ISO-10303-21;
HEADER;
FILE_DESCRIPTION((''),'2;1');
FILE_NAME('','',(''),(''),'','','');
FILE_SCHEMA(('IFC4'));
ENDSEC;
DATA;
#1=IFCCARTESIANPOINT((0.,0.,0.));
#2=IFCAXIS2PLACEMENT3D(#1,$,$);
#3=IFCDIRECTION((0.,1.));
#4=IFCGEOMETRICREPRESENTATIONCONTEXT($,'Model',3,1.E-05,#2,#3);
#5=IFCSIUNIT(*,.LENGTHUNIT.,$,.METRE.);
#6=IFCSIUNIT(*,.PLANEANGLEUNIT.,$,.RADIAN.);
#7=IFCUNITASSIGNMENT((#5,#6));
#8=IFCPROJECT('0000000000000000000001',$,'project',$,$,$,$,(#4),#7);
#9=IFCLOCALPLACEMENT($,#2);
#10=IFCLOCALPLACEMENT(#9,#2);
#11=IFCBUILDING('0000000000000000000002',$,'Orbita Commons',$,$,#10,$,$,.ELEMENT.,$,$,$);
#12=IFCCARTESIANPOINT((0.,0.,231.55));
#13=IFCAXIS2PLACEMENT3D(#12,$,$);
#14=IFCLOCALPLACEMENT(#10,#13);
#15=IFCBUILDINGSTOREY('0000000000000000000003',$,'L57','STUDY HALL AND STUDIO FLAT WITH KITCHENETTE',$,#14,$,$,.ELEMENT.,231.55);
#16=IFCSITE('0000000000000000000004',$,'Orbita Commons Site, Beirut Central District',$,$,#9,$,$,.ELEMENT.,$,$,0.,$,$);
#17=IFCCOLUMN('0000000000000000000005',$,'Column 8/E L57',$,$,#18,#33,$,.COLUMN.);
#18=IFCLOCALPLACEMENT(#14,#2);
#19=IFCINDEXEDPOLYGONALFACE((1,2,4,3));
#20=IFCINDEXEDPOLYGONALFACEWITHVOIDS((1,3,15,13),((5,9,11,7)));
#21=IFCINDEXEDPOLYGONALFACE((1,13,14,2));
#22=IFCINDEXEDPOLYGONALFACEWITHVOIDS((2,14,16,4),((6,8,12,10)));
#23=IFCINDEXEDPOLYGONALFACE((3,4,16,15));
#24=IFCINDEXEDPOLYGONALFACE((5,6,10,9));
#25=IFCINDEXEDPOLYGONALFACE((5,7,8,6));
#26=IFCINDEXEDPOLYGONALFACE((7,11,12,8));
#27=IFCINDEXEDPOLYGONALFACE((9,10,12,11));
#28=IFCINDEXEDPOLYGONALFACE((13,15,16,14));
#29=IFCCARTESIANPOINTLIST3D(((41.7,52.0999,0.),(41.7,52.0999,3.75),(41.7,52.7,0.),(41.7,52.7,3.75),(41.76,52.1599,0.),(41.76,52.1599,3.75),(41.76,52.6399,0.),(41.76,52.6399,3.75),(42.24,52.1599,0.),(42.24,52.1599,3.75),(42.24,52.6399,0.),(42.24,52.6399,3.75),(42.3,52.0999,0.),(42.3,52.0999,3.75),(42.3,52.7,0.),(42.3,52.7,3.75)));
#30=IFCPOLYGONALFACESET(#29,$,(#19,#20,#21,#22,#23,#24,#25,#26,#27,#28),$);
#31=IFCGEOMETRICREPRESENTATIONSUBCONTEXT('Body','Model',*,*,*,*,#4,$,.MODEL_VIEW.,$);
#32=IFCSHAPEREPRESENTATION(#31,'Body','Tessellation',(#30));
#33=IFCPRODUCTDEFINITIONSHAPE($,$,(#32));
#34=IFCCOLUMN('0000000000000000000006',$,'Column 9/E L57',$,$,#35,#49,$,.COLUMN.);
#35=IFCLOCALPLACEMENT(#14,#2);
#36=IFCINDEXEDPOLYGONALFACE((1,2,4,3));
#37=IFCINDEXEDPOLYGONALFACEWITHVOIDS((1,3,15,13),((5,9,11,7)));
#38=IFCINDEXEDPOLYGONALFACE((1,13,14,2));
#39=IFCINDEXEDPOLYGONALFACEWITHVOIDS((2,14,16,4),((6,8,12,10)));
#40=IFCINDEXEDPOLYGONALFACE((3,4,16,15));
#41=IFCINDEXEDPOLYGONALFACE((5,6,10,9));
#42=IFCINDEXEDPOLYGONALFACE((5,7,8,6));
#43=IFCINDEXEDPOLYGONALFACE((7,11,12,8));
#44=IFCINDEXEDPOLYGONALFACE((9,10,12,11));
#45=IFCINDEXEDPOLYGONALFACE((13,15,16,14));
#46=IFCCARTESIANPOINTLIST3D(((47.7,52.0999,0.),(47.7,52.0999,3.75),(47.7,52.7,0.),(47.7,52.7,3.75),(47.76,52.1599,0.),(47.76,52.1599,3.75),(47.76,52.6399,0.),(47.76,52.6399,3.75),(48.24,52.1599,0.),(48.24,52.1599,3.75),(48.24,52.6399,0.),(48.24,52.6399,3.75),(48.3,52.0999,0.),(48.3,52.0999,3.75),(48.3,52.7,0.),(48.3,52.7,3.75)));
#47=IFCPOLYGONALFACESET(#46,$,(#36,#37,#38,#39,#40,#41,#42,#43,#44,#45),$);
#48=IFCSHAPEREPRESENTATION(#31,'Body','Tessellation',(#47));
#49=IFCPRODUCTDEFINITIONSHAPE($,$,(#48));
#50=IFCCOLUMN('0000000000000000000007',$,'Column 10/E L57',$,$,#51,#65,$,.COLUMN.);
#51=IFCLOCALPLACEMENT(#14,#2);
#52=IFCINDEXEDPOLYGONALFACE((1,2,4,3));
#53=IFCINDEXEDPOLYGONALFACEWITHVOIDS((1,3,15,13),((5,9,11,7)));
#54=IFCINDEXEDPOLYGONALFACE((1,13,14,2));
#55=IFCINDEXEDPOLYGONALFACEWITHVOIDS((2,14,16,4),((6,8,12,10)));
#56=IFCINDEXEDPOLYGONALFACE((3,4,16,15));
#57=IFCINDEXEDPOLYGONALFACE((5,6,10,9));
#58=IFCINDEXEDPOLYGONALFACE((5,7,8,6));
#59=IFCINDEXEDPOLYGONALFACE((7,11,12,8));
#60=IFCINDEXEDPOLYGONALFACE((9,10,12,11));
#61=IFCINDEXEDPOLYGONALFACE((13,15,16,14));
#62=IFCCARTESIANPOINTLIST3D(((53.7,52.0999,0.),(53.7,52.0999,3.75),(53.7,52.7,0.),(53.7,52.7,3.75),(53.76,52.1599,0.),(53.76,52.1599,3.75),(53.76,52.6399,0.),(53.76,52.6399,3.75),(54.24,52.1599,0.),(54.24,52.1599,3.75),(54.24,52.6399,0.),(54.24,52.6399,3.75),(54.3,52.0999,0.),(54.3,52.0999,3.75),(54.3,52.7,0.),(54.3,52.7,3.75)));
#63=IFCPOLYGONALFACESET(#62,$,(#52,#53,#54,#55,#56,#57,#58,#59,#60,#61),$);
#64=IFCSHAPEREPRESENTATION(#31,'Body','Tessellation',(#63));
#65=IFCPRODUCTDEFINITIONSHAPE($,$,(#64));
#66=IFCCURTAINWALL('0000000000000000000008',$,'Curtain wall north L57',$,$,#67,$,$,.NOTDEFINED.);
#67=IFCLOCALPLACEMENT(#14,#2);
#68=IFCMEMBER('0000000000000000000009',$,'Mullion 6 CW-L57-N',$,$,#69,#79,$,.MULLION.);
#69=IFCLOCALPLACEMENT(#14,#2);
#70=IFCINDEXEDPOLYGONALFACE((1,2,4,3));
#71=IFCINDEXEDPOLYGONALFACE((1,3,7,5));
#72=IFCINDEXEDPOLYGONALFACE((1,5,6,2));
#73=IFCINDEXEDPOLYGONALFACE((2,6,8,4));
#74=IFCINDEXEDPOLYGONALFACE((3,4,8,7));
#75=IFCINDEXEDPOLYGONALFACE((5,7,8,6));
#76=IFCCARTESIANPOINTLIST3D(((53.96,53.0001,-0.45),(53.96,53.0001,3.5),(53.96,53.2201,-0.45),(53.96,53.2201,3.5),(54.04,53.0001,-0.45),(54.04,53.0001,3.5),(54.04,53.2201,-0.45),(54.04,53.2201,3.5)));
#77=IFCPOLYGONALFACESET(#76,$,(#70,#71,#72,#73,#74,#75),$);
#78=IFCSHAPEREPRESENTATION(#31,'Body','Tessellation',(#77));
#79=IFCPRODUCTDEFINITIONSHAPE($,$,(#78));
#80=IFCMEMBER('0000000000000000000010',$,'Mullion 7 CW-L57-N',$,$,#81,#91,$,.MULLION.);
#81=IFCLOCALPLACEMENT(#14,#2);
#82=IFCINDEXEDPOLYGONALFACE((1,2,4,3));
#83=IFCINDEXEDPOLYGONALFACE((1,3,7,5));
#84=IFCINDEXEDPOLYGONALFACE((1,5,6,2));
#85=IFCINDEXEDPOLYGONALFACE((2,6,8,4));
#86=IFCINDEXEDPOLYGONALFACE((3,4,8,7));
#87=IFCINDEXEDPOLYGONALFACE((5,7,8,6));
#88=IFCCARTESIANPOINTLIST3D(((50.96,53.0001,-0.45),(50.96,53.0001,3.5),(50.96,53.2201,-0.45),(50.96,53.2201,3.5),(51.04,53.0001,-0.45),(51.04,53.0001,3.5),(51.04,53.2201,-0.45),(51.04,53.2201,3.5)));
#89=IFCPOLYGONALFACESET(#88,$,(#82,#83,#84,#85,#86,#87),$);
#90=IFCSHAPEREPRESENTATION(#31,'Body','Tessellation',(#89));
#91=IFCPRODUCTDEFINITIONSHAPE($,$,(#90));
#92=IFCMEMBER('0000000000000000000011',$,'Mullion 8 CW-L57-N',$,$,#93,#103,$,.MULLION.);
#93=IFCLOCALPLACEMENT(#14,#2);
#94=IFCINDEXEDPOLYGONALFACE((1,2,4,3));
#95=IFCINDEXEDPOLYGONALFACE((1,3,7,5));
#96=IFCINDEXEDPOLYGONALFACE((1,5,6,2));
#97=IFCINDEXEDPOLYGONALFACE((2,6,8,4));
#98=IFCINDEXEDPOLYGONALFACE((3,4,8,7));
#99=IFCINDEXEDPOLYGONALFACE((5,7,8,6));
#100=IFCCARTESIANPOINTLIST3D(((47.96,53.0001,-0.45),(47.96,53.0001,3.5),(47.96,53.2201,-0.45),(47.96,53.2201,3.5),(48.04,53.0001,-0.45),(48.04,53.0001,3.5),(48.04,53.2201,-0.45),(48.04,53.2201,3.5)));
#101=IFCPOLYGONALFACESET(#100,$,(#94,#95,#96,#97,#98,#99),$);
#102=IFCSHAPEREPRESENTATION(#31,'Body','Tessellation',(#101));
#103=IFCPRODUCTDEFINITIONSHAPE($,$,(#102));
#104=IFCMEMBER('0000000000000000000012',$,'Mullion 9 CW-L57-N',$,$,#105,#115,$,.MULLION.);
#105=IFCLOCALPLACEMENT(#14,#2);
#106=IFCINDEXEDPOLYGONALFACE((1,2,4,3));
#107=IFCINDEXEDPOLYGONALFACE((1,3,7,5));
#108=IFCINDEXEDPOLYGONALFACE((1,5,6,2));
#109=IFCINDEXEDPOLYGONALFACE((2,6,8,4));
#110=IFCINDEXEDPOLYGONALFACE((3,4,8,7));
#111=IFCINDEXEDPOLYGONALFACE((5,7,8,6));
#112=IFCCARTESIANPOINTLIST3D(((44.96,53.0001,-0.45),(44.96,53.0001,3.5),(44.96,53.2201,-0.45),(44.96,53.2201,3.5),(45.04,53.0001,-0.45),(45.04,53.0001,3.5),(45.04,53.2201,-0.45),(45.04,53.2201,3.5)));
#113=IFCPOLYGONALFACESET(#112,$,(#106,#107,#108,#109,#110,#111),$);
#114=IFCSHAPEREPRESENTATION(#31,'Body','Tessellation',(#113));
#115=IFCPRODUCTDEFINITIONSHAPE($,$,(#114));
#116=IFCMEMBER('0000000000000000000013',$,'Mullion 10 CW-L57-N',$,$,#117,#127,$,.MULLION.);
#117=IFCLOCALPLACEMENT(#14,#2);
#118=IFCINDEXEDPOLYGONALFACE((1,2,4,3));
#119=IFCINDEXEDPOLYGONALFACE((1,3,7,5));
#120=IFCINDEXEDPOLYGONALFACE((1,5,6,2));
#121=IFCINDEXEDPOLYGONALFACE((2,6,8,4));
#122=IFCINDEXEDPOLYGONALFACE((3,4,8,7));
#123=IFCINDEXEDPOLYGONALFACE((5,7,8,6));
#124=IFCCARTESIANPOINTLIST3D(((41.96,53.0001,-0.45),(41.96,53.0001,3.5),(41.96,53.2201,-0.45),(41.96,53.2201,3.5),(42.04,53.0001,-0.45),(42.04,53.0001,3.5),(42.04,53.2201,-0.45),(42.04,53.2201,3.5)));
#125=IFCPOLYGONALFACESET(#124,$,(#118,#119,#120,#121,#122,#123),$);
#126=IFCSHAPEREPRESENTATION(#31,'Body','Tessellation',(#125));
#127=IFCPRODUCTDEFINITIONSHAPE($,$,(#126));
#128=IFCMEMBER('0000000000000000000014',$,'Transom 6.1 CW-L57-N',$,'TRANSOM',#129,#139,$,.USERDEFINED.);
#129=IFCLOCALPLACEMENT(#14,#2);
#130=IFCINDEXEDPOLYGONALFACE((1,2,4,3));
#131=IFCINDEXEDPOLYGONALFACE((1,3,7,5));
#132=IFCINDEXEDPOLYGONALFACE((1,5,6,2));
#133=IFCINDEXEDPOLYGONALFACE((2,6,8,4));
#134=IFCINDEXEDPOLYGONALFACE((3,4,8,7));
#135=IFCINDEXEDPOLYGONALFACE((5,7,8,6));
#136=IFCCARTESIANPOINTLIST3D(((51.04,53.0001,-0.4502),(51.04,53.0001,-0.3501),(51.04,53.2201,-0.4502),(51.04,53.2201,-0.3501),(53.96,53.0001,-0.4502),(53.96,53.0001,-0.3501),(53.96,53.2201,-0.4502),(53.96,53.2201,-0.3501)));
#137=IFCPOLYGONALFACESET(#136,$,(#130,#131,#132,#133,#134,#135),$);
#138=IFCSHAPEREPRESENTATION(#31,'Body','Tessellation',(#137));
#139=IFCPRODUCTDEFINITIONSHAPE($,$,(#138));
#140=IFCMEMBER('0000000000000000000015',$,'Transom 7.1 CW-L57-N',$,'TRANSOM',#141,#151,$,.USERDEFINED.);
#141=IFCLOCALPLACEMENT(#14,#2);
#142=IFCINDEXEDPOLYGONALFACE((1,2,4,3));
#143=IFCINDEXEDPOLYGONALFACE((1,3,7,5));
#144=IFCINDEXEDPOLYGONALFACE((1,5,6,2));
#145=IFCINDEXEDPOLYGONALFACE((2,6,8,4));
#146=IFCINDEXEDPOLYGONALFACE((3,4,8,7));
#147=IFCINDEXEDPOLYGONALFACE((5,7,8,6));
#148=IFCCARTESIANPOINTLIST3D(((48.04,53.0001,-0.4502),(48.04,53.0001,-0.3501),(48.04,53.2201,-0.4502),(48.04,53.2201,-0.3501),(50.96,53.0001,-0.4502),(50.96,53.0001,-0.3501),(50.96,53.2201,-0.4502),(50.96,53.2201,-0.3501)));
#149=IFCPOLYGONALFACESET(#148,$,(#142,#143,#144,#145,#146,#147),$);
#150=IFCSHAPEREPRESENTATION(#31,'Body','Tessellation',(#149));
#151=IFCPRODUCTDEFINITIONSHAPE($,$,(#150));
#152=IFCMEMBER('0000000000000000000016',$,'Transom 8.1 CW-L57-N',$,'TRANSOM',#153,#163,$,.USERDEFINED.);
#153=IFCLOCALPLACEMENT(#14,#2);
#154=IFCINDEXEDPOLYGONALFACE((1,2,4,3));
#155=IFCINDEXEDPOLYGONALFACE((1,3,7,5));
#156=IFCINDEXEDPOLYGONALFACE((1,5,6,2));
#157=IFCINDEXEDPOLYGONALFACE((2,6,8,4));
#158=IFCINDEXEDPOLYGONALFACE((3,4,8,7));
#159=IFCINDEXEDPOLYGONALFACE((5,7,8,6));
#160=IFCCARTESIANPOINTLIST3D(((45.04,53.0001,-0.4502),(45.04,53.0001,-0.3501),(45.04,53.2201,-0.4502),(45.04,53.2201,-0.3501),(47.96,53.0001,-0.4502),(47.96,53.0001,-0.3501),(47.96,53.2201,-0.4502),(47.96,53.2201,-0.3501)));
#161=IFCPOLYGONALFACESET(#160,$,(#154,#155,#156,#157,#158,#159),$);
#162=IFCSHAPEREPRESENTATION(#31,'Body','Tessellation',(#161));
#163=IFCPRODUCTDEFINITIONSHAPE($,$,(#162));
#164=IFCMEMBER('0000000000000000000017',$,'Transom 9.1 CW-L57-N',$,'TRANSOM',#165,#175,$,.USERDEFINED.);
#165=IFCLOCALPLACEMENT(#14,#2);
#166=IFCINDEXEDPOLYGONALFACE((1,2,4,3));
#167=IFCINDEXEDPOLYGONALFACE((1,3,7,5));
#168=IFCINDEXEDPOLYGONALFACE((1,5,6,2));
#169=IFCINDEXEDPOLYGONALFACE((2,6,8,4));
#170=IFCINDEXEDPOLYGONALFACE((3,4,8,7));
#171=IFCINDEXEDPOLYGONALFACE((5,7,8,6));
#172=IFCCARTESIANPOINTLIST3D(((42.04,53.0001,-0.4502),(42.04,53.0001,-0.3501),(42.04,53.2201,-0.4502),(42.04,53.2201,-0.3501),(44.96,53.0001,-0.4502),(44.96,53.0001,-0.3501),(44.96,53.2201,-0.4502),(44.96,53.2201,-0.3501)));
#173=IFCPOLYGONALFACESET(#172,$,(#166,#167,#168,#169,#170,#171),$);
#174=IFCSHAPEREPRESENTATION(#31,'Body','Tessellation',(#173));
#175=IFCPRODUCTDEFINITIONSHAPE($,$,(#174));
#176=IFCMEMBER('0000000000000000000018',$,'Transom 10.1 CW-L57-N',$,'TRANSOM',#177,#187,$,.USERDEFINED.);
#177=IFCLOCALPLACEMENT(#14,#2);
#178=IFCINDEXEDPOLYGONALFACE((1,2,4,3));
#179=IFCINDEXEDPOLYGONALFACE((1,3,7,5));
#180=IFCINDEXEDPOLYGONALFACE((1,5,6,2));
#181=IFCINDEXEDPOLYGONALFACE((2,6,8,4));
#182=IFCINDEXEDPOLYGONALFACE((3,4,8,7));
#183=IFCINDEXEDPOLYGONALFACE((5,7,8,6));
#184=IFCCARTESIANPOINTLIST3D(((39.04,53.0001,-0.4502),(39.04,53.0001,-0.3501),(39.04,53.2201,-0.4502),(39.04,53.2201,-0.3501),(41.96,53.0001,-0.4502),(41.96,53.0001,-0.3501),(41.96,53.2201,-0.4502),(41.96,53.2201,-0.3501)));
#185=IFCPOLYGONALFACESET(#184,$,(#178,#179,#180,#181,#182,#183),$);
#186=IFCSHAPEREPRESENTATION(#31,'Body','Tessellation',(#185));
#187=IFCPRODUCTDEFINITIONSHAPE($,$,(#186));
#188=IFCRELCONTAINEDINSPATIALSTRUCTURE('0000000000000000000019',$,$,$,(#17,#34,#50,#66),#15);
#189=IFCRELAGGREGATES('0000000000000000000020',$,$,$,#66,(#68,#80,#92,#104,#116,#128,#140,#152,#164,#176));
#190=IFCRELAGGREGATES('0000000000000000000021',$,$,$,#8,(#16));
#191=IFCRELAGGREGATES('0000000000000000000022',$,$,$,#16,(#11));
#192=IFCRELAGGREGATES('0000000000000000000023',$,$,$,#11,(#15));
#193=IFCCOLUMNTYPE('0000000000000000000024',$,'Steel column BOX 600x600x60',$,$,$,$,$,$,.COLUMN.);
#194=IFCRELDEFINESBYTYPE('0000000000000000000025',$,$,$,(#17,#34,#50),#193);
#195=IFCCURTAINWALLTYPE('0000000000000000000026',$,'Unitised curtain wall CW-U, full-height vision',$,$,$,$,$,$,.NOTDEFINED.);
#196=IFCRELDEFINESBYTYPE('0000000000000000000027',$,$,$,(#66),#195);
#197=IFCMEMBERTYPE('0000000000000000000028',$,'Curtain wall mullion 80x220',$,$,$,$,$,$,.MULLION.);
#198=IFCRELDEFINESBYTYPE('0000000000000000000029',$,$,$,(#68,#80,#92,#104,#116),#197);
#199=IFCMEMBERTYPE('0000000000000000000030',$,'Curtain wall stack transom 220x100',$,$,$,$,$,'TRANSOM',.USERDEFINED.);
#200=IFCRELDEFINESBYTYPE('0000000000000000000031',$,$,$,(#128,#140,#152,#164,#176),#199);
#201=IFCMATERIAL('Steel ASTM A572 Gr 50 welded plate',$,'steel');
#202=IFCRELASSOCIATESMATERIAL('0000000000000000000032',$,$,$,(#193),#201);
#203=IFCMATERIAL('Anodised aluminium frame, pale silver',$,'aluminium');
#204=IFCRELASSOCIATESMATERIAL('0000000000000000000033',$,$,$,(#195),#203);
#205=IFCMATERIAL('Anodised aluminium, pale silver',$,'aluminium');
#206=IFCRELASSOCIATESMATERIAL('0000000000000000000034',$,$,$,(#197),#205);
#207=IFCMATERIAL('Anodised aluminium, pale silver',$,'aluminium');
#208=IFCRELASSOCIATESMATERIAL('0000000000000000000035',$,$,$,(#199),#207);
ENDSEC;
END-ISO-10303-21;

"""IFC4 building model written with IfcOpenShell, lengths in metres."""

from ifc_helpers import new_model, si_unit, direction, frame, origin, origin_2d, place, context, subcontext, project, spatial, rectangle, hollow_rectangle, extrude, material, material_profile, profile_set, type_object, element, aggregate, save


model = new_model("IFC4")

# Units and contexts
model_context = context("Model", 3, precision=1e-05, world=origin(), true_north=direction((0.0, 1.0)))
body_context = subcontext(model_context, "Body", "Model", "MODEL_VIEW")
ifc_project = project(units=[si_unit("LENGTHUNIT", "METRE"), si_unit("PLANEANGLEUNIT", "RADIAN")], contexts=[model_context])

# Site, building, storey
site_placement = place(None, origin())
site = spatial("IfcSite", under=ifc_project, at=site_placement, Name="Orbita Commons Site, Beirut Central District", CompositionType="ELEMENT", RefElevation=0.0)
building_placement = place(site_placement, origin())
building = spatial("IfcBuilding", under=site, at=building_placement, Name="Orbita Commons", CompositionType="ELEMENT")
storey_placement = place(building_placement, frame((0.0, 0.0, 231.55)))
storey = spatial("IfcBuildingStorey", under=building, at=storey_placement, Name="L57", Description="STUDY HALL AND STUDIO FLAT WITH KITCHENETTE", CompositionType="ELEMENT", Elevation=231.55)

# Columns
ifc_material_1 = material(Name="Steel ASTM A572 Gr 50 welded plate", Category="steel")
ifc_material_profile_1 = material_profile(ifc_material_1, hollow_rectangle(XDim=0.6001, YDim=0.6001, WallThickness=0.0601, at=origin_2d()), Name="BOX 600x600x60")
ifc_profile_set_1 = profile_set([ifc_material_profile_1], Name="Steel ASTM A572 Gr 50 welded plate")
column_type = type_object("IfcColumnType", Name="Steel column BOX 600x600x60", PredefinedType="COLUMN", material=ifc_profile_set_1)
for number, where, z_axis, x_axis, name in (
    (1, (42.0, 52.3999, 0.0), (0.0, 0.0, 1.0), (1.0, 0.0, 0.0), "Column 8/E L57"),
    (2, (48.0, 52.3999, 0.0), (0.0, 0.0, 1.0), (1.0, 0.0, 0.0), "Column 9/E L57"),
    (3, (54.0, 52.3999, 0.0), (0.0, 0.0, 1.0), (1.0, 0.0, 0.0), "Column 10/E L57"),
):
    element("IfcColumn", number, at=place(storey_placement, frame(where, z_axis=z_axis, x_axis=x_axis)), inside=storey, type_object=column_type, Name=name, PredefinedType="COLUMN", context=body_context, shape_type="SweptSolid", body=[
        extrude(hollow_rectangle(XDim=0.6001, YDim=0.6001, WallThickness=0.0601, at=origin_2d()), origin(), (0.0, 0.0, 1.0), 3.75),
    ])

# Curtain wall, members
ifc_material_2 = material(Name="Anodised aluminium frame, pale silver", Category="aluminium")
curtain_wall_type = type_object("IfcCurtainWallType", Name="Unitised curtain wall CW-U, full-height vision", PredefinedType="NOTDEFINED", material=ifc_material_2)
curtain_wall_placement = place(storey_placement, origin())
curtain_wall = element("IfcCurtainWall", 4, at=curtain_wall_placement, inside=storey, type_object=curtain_wall_type, Name="Curtain wall north L57", PredefinedType="NOTDEFINED")
ifc_material_3 = material(Name="Anodised aluminium, pale silver", Category="aluminium")
ifc_material_profile_2 = material_profile(ifc_material_3, rectangle(XDim=0.0801, YDim=0.22, at=origin_2d()), Name="AL 80x220")
ifc_profile_set_2 = profile_set([ifc_material_profile_2], Name="Anodised aluminium, pale silver")
member_type_1 = type_object("IfcMemberType", Name="Curtain wall mullion 80x220", PredefinedType="MULLION", material=ifc_profile_set_2)
member_1_placement = place(storey_placement, frame((54.0, 53.1101, -0.45), z_axis=(0.0, 0.0, 1.0), x_axis=(-1.0, 0.0, 0.0)))
member_1 = element("IfcMember", 5, at=member_1_placement, type_object=member_type_1, Name="Mullion 6 CW-L57-N", PredefinedType="MULLION", context=body_context, shape_type="SweptSolid", body=[
    extrude(rectangle(XDim=0.0801, YDim=0.22, at=origin_2d()), origin(), (0.0, 0.0, 1.0), 3.95),
])
member_2_placement = place(storey_placement, frame((51.0, 53.1101, -0.45), z_axis=(0.0, 0.0, 1.0), x_axis=(-1.0, 0.0, 0.0)))
member_2 = element("IfcMember", 6, at=member_2_placement, type_object=member_type_1, Name="Mullion 7 CW-L57-N", PredefinedType="MULLION", context=body_context, shape_type="SweptSolid", body=[
    extrude(rectangle(XDim=0.0801, YDim=0.22, at=origin_2d()), origin(), (0.0, 0.0, 1.0), 3.95),
])
member_3_placement = place(storey_placement, frame((48.0, 53.1101, -0.45), z_axis=(0.0, 0.0, 1.0), x_axis=(-1.0, 0.0, 0.0)))
member_3 = element("IfcMember", 7, at=member_3_placement, type_object=member_type_1, Name="Mullion 8 CW-L57-N", PredefinedType="MULLION", context=body_context, shape_type="SweptSolid", body=[
    extrude(rectangle(XDim=0.0801, YDim=0.22, at=origin_2d()), origin(), (0.0, 0.0, 1.0), 3.95),
])
member_4_placement = place(storey_placement, frame((45.0, 53.1101, -0.45), z_axis=(0.0, 0.0, 1.0), x_axis=(-1.0, 0.0, 0.0)))
member_4 = element("IfcMember", 8, at=member_4_placement, type_object=member_type_1, Name="Mullion 9 CW-L57-N", PredefinedType="MULLION", context=body_context, shape_type="SweptSolid", body=[
    extrude(rectangle(XDim=0.0801, YDim=0.22, at=origin_2d()), origin(), (0.0, 0.0, 1.0), 3.95),
])
member_5_placement = place(storey_placement, frame((42.0, 53.1101, -0.45), z_axis=(0.0, 0.0, 1.0), x_axis=(-1.0, 0.0, 0.0)))
member_5 = element("IfcMember", 9, at=member_5_placement, type_object=member_type_1, Name="Mullion 10 CW-L57-N", PredefinedType="MULLION", context=body_context, shape_type="SweptSolid", body=[
    extrude(rectangle(XDim=0.0801, YDim=0.22, at=origin_2d()), origin(), (0.0, 0.0, 1.0), 3.95),
])
ifc_material_4 = material(Name="Anodised aluminium, pale silver", Category="aluminium")
ifc_material_profile_3 = material_profile(ifc_material_4, rectangle(XDim=0.22, YDim=0.1001, at=origin_2d()), Name="AL 220x100")
ifc_profile_set_3 = profile_set([ifc_material_profile_3], Name="Anodised aluminium, pale silver")
member_type_2 = type_object("IfcMemberType", Name="Curtain wall stack transom 220x100", ElementType="TRANSOM", PredefinedType="USERDEFINED", material=ifc_profile_set_3)
member_6_placement = place(storey_placement, frame((53.96, 53.1101, -0.4001), z_axis=(-1.0, 0.0, 0.0), x_axis=(0.0, -1.0, 0.0)))
member_6 = element("IfcMember", 10, at=member_6_placement, type_object=member_type_2, Name="Transom 6.1 CW-L57-N", ObjectType="TRANSOM", PredefinedType="USERDEFINED", context=body_context, shape_type="SweptSolid", body=[
    extrude(rectangle(XDim=0.22, YDim=0.1001, at=origin_2d()), origin(), (0.0, 0.0, 1.0), 2.9199),
])
member_7_placement = place(storey_placement, frame((50.96, 53.1101, -0.4001), z_axis=(-1.0, 0.0, 0.0), x_axis=(0.0, -1.0, 0.0)))
member_7 = element("IfcMember", 11, at=member_7_placement, type_object=member_type_2, Name="Transom 7.1 CW-L57-N", ObjectType="TRANSOM", PredefinedType="USERDEFINED", context=body_context, shape_type="SweptSolid", body=[
    extrude(rectangle(XDim=0.22, YDim=0.1001, at=origin_2d()), origin(), (0.0, 0.0, 1.0), 2.9199),
])
member_8_placement = place(storey_placement, frame((47.96, 53.1101, -0.4001), z_axis=(-1.0, 0.0, 0.0), x_axis=(0.0, -1.0, 0.0)))
member_8 = element("IfcMember", 12, at=member_8_placement, type_object=member_type_2, Name="Transom 8.1 CW-L57-N", ObjectType="TRANSOM", PredefinedType="USERDEFINED", context=body_context, shape_type="SweptSolid", body=[
    extrude(rectangle(XDim=0.22, YDim=0.1001, at=origin_2d()), origin(), (0.0, 0.0, 1.0), 2.9199),
])
member_9_placement = place(storey_placement, frame((44.96, 53.1101, -0.4001), z_axis=(-1.0, 0.0, 0.0), x_axis=(0.0, -1.0, 0.0)))
member_9 = element("IfcMember", 13, at=member_9_placement, type_object=member_type_2, Name="Transom 9.1 CW-L57-N", ObjectType="TRANSOM", PredefinedType="USERDEFINED", context=body_context, shape_type="SweptSolid", body=[
    extrude(rectangle(XDim=0.22, YDim=0.1001, at=origin_2d()), origin(), (0.0, 0.0, 1.0), 2.9199),
])
member_10_placement = place(storey_placement, frame((41.96, 53.1101, -0.4001), z_axis=(-1.0, 0.0, 0.0), x_axis=(0.0, -1.0, 0.0)))
member_10 = element("IfcMember", 14, at=member_10_placement, type_object=member_type_2, Name="Transom 10.1 CW-L57-N", ObjectType="TRANSOM", PredefinedType="USERDEFINED", context=body_context, shape_type="SweptSolid", body=[
    extrude(rectangle(XDim=0.22, YDim=0.1001, at=origin_2d()), origin(), (0.0, 0.0, 1.0), 2.9199),
])

aggregate(curtain_wall, [member_1, member_2, member_3, member_4, member_5, member_6, member_7, member_8, member_9, member_10])

save(model, "model.ifc")
